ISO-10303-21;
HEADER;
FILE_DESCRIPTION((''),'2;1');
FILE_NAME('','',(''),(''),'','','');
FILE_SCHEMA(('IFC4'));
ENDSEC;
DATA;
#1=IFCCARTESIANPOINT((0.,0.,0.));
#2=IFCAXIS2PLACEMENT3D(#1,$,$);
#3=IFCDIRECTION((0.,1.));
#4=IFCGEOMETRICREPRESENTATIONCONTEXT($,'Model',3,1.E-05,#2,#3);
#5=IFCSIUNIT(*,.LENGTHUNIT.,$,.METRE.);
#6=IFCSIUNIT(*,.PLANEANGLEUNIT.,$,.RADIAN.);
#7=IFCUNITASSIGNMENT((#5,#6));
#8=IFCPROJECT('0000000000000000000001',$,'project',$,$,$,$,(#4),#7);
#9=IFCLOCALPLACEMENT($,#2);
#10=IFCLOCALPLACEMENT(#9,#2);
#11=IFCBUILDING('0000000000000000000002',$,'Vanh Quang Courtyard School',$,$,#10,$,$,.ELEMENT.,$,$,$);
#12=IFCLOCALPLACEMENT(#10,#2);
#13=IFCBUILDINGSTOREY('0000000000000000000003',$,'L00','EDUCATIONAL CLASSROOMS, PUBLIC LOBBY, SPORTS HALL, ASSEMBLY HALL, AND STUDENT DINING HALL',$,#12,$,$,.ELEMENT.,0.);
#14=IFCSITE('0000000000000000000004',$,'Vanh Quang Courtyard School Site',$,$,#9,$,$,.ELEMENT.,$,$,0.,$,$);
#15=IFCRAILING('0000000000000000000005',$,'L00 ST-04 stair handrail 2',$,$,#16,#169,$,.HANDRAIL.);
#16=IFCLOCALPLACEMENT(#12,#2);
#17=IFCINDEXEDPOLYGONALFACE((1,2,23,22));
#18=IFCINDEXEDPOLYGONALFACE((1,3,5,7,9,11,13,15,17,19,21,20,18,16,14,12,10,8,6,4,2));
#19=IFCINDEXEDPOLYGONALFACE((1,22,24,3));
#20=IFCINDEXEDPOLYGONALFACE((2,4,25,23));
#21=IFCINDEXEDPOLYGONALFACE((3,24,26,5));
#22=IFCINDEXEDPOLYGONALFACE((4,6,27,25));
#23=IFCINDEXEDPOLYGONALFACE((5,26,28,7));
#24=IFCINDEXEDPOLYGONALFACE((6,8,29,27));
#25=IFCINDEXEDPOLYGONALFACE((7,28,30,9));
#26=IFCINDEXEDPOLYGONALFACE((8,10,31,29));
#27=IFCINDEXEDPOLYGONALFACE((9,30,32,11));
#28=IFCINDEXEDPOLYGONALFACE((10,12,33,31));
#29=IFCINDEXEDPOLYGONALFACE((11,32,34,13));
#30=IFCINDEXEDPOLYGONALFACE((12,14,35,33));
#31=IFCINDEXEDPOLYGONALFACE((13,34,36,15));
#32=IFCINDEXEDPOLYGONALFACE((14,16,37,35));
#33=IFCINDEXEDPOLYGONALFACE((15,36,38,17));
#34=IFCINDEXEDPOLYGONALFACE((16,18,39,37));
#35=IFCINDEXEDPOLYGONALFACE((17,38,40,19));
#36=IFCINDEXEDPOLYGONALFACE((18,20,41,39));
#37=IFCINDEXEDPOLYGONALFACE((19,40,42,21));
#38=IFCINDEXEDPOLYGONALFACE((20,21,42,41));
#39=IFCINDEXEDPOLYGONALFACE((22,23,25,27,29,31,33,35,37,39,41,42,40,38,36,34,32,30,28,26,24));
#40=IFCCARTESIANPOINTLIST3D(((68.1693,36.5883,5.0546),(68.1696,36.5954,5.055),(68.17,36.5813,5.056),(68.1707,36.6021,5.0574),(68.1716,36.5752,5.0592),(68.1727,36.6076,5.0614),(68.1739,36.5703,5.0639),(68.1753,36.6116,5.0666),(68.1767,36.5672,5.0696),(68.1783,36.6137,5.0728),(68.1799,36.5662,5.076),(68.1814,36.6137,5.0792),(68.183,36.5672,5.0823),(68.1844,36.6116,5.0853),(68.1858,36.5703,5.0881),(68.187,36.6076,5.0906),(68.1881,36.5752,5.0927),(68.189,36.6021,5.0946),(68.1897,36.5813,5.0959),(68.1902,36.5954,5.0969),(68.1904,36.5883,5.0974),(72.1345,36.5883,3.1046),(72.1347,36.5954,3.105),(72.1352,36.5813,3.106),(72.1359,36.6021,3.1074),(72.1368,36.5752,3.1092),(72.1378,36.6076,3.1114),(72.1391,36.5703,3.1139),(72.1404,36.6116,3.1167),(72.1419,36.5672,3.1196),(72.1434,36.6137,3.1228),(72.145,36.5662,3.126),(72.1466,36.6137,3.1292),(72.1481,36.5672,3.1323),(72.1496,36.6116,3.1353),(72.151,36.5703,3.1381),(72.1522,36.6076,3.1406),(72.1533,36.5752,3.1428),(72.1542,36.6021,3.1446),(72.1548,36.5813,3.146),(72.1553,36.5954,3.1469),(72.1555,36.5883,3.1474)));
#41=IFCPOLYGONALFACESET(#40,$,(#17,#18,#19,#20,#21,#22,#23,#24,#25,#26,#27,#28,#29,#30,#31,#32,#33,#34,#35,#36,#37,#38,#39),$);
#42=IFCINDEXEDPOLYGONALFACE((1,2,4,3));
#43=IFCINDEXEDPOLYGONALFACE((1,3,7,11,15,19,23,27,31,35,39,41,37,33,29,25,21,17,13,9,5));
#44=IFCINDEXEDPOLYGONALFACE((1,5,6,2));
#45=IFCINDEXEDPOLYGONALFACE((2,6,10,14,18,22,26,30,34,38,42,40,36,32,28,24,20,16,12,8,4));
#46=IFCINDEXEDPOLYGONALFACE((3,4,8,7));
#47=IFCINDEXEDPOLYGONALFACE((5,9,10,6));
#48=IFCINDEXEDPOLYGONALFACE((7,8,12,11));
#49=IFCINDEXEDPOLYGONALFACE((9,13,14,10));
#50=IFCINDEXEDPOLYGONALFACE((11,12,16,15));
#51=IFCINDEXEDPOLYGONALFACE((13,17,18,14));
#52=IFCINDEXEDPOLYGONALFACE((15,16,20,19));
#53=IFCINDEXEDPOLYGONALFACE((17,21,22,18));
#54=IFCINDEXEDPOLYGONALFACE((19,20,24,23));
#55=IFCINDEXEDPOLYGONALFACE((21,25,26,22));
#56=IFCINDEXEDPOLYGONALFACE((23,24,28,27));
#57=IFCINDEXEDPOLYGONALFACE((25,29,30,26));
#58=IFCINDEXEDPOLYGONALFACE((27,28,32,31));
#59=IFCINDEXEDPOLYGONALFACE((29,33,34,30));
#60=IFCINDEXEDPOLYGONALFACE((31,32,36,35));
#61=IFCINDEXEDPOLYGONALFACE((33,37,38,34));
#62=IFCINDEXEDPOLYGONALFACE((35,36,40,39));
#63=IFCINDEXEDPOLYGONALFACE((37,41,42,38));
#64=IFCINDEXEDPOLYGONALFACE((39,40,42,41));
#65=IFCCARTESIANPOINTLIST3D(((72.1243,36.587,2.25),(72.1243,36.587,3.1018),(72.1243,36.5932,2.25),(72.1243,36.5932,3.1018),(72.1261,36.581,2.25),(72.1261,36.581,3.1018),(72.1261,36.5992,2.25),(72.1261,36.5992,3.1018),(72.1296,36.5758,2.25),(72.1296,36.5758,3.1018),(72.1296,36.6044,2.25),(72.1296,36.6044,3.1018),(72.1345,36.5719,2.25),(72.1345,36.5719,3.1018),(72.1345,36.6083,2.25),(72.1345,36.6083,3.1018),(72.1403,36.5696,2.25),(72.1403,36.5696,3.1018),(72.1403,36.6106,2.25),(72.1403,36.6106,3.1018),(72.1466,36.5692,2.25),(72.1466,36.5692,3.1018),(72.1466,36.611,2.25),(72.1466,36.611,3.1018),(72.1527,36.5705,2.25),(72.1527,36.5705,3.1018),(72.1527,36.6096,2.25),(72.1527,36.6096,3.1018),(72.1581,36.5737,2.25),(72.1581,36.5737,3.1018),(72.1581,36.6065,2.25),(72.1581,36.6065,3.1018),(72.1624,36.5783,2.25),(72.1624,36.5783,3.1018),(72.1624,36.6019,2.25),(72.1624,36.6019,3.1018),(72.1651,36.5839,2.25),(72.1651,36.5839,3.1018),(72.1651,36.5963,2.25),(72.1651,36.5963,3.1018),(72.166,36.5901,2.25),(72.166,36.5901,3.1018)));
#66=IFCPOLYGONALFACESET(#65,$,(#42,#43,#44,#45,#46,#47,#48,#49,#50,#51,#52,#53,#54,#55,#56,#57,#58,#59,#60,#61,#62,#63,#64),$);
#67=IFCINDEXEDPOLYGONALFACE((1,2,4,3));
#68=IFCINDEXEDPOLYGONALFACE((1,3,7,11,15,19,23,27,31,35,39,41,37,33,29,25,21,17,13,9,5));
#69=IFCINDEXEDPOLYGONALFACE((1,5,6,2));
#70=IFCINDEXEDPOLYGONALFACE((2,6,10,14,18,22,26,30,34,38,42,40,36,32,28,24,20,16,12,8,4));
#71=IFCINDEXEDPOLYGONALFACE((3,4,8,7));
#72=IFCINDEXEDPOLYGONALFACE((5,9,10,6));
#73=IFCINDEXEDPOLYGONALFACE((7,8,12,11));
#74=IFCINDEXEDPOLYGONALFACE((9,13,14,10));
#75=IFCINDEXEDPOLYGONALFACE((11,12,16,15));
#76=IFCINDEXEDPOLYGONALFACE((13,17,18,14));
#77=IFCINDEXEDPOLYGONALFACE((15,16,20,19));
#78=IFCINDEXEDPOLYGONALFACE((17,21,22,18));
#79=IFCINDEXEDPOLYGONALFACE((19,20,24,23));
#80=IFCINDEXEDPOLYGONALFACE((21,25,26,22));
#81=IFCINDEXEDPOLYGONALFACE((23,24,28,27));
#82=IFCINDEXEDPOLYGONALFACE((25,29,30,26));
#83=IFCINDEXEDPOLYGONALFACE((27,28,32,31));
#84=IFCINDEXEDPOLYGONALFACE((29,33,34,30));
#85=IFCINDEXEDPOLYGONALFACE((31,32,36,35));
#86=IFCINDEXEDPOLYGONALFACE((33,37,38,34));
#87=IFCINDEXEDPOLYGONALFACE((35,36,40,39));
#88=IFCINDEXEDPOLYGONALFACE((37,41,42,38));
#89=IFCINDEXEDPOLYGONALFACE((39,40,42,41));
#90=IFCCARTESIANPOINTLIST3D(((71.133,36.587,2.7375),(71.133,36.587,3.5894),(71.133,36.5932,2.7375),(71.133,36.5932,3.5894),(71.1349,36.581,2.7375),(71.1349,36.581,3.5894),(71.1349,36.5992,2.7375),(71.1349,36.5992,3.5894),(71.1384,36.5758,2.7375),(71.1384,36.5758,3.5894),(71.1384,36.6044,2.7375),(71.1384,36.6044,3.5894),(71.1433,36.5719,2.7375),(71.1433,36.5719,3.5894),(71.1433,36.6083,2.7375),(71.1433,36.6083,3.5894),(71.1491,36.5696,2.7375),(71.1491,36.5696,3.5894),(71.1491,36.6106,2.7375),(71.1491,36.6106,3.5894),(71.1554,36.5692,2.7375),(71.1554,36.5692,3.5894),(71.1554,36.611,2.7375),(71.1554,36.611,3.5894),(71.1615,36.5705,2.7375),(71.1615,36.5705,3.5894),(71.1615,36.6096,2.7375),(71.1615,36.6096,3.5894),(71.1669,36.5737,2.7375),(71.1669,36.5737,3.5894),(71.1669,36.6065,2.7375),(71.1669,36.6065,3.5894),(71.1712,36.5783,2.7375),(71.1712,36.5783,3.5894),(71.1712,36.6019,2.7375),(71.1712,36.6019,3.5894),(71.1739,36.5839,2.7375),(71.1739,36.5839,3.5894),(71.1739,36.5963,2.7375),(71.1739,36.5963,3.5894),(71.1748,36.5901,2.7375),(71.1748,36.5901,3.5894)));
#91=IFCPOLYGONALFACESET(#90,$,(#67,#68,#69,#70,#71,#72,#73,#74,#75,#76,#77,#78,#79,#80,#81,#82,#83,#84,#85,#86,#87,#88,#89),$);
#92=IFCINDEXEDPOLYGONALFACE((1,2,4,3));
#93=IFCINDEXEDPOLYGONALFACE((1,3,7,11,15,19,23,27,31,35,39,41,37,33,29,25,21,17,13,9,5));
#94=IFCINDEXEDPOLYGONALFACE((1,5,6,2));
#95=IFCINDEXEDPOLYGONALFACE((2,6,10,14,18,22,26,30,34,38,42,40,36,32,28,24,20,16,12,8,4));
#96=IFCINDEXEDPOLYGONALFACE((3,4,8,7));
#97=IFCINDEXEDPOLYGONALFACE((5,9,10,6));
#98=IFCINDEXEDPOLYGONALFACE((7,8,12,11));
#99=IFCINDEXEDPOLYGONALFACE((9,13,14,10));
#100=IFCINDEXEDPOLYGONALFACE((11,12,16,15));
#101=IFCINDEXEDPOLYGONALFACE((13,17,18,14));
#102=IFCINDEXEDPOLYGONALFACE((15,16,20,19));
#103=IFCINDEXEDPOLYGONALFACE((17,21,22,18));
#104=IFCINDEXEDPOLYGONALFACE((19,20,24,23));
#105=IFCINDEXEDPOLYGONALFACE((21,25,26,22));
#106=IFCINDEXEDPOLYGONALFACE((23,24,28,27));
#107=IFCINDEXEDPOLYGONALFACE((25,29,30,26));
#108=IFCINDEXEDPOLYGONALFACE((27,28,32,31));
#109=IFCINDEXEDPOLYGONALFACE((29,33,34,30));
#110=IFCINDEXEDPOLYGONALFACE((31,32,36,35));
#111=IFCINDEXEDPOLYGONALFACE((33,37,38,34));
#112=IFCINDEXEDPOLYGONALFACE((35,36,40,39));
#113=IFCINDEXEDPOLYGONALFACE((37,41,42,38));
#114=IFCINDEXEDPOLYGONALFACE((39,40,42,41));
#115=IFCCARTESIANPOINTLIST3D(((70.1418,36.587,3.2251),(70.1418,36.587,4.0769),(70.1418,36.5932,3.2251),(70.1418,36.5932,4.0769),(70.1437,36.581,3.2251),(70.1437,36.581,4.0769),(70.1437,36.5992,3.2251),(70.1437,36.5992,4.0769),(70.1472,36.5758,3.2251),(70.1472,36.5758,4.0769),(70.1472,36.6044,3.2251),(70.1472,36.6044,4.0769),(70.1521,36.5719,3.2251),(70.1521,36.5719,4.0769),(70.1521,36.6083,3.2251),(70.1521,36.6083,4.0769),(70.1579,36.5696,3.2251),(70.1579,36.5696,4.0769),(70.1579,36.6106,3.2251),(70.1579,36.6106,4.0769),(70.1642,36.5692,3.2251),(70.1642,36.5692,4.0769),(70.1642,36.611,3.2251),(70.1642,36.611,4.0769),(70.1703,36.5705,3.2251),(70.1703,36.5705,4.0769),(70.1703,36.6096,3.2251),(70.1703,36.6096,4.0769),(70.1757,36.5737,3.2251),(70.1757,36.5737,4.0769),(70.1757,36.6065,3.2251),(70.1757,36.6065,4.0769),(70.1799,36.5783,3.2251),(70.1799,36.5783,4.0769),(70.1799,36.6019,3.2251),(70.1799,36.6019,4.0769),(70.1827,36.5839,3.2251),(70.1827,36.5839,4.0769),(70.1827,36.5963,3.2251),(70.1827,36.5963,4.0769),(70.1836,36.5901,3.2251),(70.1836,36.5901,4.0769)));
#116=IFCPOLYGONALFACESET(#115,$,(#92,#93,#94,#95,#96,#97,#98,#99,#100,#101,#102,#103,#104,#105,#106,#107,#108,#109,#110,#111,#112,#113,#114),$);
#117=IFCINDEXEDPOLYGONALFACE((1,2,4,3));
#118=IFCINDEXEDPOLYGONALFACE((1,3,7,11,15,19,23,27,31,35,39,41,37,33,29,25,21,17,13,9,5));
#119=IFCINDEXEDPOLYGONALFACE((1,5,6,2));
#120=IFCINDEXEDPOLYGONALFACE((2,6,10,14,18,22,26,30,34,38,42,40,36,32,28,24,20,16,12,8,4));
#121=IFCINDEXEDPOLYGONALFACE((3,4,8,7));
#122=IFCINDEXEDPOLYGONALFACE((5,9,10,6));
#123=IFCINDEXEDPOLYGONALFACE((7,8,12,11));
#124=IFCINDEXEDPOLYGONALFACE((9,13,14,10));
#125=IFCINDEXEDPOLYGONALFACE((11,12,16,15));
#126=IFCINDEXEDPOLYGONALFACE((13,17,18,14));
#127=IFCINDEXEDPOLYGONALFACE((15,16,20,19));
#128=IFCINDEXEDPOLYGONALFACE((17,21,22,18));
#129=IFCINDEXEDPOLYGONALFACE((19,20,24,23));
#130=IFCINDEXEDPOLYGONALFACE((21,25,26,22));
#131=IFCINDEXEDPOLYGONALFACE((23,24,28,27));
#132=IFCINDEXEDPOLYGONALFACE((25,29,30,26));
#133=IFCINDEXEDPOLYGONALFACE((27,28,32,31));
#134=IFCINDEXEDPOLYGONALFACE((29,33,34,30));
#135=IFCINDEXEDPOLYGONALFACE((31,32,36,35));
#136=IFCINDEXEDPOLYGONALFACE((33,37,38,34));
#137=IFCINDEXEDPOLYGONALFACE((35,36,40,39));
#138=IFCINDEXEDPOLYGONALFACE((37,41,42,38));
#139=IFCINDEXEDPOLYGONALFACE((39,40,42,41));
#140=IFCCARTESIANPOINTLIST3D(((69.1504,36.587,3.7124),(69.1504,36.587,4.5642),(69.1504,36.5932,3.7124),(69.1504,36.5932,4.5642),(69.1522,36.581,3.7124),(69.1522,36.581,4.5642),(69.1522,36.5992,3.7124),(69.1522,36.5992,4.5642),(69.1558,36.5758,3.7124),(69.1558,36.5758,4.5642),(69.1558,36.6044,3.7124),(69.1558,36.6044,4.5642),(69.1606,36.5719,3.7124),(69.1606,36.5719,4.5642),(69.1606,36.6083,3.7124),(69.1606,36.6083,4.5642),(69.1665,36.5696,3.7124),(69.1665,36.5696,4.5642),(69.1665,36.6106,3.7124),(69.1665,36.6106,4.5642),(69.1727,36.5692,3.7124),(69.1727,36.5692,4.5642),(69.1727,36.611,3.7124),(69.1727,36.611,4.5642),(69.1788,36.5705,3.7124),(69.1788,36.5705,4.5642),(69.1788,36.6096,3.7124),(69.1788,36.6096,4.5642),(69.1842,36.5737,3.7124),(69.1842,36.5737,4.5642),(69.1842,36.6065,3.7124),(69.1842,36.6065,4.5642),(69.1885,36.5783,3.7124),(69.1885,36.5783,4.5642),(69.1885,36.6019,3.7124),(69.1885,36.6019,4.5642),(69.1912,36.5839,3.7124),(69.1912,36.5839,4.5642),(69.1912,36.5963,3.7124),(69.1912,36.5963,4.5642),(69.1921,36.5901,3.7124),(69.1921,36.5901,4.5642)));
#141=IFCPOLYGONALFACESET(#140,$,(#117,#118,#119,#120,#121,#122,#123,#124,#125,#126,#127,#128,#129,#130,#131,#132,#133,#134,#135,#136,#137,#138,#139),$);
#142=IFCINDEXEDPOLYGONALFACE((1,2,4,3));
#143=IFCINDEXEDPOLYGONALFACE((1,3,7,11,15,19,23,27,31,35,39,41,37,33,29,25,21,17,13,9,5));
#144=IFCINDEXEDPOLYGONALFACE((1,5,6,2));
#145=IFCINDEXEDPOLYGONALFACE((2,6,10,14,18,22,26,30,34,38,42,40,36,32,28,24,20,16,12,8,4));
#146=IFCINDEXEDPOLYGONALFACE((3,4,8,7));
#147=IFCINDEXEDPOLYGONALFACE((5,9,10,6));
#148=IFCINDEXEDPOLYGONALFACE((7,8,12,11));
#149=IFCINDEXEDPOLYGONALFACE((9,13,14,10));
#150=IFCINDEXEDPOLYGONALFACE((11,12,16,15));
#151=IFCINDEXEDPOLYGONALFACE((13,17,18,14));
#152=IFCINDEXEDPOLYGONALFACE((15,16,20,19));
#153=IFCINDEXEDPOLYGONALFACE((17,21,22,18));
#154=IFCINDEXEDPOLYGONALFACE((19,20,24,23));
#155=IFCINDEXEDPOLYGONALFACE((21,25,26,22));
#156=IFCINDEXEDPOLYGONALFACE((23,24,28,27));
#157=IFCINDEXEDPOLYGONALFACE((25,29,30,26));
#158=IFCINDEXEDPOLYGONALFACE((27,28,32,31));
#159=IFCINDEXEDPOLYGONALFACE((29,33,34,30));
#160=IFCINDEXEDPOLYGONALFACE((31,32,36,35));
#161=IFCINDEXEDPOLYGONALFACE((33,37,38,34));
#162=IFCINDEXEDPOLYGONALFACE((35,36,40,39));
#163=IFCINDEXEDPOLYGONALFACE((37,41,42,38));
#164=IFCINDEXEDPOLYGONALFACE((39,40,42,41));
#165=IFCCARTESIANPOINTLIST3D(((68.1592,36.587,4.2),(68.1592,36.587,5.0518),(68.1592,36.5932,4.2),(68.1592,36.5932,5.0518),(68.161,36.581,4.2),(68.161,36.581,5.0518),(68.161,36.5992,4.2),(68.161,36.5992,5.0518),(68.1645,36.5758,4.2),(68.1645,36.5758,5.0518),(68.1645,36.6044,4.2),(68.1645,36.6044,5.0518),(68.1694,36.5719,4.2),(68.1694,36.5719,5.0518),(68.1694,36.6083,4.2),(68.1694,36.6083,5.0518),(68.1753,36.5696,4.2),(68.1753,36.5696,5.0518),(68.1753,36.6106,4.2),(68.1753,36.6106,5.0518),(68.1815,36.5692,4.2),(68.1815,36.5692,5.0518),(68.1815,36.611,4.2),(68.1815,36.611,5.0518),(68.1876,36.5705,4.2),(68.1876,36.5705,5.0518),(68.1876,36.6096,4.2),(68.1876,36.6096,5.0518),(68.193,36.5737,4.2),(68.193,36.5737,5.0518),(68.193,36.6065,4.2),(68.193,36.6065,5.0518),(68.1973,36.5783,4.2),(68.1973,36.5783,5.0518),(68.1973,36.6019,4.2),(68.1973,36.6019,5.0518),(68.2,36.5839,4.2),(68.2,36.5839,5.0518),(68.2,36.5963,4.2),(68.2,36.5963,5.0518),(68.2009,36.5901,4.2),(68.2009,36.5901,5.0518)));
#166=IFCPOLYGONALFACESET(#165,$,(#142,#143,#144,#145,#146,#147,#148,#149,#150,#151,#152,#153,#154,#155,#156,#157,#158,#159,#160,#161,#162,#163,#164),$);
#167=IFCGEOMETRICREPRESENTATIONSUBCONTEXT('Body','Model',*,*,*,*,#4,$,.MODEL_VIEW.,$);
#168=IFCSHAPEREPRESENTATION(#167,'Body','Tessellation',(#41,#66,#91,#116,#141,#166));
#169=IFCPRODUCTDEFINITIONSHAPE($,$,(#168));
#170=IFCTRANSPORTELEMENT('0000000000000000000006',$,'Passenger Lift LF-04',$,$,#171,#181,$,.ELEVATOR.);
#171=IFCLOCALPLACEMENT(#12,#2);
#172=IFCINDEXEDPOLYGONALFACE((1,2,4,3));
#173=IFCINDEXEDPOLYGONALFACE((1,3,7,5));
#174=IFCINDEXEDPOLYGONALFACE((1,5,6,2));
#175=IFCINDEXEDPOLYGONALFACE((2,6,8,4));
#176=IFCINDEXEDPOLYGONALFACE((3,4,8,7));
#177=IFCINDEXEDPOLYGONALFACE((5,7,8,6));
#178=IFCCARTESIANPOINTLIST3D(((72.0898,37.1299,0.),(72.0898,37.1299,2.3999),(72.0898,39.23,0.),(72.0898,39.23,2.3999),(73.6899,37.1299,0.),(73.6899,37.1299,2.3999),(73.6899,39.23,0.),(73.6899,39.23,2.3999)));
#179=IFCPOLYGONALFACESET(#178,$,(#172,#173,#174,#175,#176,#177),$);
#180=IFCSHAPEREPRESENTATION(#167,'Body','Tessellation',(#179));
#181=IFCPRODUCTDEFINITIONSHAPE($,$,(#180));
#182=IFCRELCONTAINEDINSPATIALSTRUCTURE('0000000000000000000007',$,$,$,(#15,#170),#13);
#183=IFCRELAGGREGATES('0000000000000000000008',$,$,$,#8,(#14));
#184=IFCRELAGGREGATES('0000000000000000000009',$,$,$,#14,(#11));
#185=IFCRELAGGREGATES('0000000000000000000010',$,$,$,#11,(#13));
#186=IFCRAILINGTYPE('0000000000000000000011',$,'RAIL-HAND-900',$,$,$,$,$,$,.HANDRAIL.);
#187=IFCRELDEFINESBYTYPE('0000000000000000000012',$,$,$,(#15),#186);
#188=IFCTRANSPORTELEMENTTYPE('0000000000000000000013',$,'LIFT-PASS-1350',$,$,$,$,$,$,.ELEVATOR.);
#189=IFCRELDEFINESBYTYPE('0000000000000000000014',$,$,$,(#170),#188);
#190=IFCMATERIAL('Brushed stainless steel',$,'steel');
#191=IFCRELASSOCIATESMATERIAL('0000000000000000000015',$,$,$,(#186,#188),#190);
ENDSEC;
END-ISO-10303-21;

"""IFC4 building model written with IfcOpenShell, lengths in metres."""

from ifc_helpers import new_model, si_unit, direction, frame, origin, origin_2d, place, context, subcontext, project, spatial, rectangle, circle, extrude, material, type_object, element, save


model = new_model("IFC4")

# Units and contexts
model_context = context("Model", 3, precision=1e-05, world=origin(), true_north=direction((0.0, 1.0)))
body_context = subcontext(model_context, "Body", "Model", "MODEL_VIEW")
ifc_project = project(units=[si_unit("LENGTHUNIT", "METRE"), si_unit("PLANEANGLEUNIT", "RADIAN")], contexts=[model_context])

# Site, building, storey
site_placement = place(None, origin())
site = spatial("IfcSite", under=ifc_project, at=site_placement, Name="Vanh Quang Courtyard School Site", CompositionType="ELEMENT", RefElevation=0.0)
building_placement = place(site_placement, origin())
building = spatial("IfcBuilding", under=site, at=building_placement, Name="Vanh Quang Courtyard School", CompositionType="ELEMENT")
storey_placement = place(building_placement, origin())
storey = spatial("IfcBuildingStorey", under=building, at=storey_placement, Name="L00", Description="EDUCATIONAL CLASSROOMS, PUBLIC LOBBY, SPORTS HALL, ASSEMBLY HALL, AND STUDENT DINING HALL", CompositionType="ELEMENT", Elevation=0.0)

# Railing
ifc_material_1 = material(Name="Brushed stainless steel", Category="steel")
railing_type_1 = type_object("IfcRailingType", Name="RAIL-HAND-900", PredefinedType="HANDRAIL", material=ifc_material_1)
railing_1_placement = place(storey_placement, frame((72.145, 36.5901, 2.25)))
element("IfcRailing", 1, at=railing_1_placement, inside=storey, type_object=railing_type_1, Name="L00 ST-04 stair handrail 2", PredefinedType="HANDRAIL", context=body_context, shape_type="SweptSolid", body=[
    extrude(circle(Radius=0.0239, at=origin_2d()), frame((0.0, 0.0, 0.876), z_axis=(-0.897358, 0.0, 0.441303), x_axis=(0.0, -1.0, 0.0)), (0.0, 0.0, 1.0), 4.4187),
    extrude(circle(Radius=0.021, at=origin_2d()), origin(), (0.0, 0.0, 1.0), 0.8518),
    extrude(circle(Radius=0.021, at=origin_2d()), frame((-0.9912, 0.0, 0.4875)), (0.0, 0.0, 1.0), 0.8518),
    extrude(circle(Radius=0.021, at=origin_2d()), frame((-1.9824, 0.0, 0.9751)), (0.0, 0.0, 1.0), 0.8518),
    extrude(circle(Radius=0.021, at=origin_2d()), frame((-2.9739, 0.0, 1.4624)), (0.0, 0.0, 1.0), 0.8518),
    extrude(circle(Radius=0.021, at=origin_2d()), frame((-3.9651, 0.0, 1.95)), (0.0, 0.0, 1.0), 0.8518),
])

# Transport element
transport_element_type = type_object("IfcTransportElementType", Name="LIFT-PASS-1350", PredefinedType="ELEVATOR", material=ifc_material_1)
transport_element_placement = place(storey_placement, frame((72.8899, 38.1799, 0.0), z_axis=(0.0, 0.0, 1.0), x_axis=(1.0, 0.0, 0.0)))
element("IfcTransportElement", 2, at=transport_element_placement, inside=storey, type_object=transport_element_type, Name="Passenger Lift LF-04", PredefinedType="ELEVATOR", context=body_context, shape_type="SweptSolid", body=[
    extrude(rectangle(XDim=1.6001, YDim=2.1001, at=origin_2d()), origin(), (0.0, 0.0, 1.0), 2.3999),
])

save(model, "model.ifc")
